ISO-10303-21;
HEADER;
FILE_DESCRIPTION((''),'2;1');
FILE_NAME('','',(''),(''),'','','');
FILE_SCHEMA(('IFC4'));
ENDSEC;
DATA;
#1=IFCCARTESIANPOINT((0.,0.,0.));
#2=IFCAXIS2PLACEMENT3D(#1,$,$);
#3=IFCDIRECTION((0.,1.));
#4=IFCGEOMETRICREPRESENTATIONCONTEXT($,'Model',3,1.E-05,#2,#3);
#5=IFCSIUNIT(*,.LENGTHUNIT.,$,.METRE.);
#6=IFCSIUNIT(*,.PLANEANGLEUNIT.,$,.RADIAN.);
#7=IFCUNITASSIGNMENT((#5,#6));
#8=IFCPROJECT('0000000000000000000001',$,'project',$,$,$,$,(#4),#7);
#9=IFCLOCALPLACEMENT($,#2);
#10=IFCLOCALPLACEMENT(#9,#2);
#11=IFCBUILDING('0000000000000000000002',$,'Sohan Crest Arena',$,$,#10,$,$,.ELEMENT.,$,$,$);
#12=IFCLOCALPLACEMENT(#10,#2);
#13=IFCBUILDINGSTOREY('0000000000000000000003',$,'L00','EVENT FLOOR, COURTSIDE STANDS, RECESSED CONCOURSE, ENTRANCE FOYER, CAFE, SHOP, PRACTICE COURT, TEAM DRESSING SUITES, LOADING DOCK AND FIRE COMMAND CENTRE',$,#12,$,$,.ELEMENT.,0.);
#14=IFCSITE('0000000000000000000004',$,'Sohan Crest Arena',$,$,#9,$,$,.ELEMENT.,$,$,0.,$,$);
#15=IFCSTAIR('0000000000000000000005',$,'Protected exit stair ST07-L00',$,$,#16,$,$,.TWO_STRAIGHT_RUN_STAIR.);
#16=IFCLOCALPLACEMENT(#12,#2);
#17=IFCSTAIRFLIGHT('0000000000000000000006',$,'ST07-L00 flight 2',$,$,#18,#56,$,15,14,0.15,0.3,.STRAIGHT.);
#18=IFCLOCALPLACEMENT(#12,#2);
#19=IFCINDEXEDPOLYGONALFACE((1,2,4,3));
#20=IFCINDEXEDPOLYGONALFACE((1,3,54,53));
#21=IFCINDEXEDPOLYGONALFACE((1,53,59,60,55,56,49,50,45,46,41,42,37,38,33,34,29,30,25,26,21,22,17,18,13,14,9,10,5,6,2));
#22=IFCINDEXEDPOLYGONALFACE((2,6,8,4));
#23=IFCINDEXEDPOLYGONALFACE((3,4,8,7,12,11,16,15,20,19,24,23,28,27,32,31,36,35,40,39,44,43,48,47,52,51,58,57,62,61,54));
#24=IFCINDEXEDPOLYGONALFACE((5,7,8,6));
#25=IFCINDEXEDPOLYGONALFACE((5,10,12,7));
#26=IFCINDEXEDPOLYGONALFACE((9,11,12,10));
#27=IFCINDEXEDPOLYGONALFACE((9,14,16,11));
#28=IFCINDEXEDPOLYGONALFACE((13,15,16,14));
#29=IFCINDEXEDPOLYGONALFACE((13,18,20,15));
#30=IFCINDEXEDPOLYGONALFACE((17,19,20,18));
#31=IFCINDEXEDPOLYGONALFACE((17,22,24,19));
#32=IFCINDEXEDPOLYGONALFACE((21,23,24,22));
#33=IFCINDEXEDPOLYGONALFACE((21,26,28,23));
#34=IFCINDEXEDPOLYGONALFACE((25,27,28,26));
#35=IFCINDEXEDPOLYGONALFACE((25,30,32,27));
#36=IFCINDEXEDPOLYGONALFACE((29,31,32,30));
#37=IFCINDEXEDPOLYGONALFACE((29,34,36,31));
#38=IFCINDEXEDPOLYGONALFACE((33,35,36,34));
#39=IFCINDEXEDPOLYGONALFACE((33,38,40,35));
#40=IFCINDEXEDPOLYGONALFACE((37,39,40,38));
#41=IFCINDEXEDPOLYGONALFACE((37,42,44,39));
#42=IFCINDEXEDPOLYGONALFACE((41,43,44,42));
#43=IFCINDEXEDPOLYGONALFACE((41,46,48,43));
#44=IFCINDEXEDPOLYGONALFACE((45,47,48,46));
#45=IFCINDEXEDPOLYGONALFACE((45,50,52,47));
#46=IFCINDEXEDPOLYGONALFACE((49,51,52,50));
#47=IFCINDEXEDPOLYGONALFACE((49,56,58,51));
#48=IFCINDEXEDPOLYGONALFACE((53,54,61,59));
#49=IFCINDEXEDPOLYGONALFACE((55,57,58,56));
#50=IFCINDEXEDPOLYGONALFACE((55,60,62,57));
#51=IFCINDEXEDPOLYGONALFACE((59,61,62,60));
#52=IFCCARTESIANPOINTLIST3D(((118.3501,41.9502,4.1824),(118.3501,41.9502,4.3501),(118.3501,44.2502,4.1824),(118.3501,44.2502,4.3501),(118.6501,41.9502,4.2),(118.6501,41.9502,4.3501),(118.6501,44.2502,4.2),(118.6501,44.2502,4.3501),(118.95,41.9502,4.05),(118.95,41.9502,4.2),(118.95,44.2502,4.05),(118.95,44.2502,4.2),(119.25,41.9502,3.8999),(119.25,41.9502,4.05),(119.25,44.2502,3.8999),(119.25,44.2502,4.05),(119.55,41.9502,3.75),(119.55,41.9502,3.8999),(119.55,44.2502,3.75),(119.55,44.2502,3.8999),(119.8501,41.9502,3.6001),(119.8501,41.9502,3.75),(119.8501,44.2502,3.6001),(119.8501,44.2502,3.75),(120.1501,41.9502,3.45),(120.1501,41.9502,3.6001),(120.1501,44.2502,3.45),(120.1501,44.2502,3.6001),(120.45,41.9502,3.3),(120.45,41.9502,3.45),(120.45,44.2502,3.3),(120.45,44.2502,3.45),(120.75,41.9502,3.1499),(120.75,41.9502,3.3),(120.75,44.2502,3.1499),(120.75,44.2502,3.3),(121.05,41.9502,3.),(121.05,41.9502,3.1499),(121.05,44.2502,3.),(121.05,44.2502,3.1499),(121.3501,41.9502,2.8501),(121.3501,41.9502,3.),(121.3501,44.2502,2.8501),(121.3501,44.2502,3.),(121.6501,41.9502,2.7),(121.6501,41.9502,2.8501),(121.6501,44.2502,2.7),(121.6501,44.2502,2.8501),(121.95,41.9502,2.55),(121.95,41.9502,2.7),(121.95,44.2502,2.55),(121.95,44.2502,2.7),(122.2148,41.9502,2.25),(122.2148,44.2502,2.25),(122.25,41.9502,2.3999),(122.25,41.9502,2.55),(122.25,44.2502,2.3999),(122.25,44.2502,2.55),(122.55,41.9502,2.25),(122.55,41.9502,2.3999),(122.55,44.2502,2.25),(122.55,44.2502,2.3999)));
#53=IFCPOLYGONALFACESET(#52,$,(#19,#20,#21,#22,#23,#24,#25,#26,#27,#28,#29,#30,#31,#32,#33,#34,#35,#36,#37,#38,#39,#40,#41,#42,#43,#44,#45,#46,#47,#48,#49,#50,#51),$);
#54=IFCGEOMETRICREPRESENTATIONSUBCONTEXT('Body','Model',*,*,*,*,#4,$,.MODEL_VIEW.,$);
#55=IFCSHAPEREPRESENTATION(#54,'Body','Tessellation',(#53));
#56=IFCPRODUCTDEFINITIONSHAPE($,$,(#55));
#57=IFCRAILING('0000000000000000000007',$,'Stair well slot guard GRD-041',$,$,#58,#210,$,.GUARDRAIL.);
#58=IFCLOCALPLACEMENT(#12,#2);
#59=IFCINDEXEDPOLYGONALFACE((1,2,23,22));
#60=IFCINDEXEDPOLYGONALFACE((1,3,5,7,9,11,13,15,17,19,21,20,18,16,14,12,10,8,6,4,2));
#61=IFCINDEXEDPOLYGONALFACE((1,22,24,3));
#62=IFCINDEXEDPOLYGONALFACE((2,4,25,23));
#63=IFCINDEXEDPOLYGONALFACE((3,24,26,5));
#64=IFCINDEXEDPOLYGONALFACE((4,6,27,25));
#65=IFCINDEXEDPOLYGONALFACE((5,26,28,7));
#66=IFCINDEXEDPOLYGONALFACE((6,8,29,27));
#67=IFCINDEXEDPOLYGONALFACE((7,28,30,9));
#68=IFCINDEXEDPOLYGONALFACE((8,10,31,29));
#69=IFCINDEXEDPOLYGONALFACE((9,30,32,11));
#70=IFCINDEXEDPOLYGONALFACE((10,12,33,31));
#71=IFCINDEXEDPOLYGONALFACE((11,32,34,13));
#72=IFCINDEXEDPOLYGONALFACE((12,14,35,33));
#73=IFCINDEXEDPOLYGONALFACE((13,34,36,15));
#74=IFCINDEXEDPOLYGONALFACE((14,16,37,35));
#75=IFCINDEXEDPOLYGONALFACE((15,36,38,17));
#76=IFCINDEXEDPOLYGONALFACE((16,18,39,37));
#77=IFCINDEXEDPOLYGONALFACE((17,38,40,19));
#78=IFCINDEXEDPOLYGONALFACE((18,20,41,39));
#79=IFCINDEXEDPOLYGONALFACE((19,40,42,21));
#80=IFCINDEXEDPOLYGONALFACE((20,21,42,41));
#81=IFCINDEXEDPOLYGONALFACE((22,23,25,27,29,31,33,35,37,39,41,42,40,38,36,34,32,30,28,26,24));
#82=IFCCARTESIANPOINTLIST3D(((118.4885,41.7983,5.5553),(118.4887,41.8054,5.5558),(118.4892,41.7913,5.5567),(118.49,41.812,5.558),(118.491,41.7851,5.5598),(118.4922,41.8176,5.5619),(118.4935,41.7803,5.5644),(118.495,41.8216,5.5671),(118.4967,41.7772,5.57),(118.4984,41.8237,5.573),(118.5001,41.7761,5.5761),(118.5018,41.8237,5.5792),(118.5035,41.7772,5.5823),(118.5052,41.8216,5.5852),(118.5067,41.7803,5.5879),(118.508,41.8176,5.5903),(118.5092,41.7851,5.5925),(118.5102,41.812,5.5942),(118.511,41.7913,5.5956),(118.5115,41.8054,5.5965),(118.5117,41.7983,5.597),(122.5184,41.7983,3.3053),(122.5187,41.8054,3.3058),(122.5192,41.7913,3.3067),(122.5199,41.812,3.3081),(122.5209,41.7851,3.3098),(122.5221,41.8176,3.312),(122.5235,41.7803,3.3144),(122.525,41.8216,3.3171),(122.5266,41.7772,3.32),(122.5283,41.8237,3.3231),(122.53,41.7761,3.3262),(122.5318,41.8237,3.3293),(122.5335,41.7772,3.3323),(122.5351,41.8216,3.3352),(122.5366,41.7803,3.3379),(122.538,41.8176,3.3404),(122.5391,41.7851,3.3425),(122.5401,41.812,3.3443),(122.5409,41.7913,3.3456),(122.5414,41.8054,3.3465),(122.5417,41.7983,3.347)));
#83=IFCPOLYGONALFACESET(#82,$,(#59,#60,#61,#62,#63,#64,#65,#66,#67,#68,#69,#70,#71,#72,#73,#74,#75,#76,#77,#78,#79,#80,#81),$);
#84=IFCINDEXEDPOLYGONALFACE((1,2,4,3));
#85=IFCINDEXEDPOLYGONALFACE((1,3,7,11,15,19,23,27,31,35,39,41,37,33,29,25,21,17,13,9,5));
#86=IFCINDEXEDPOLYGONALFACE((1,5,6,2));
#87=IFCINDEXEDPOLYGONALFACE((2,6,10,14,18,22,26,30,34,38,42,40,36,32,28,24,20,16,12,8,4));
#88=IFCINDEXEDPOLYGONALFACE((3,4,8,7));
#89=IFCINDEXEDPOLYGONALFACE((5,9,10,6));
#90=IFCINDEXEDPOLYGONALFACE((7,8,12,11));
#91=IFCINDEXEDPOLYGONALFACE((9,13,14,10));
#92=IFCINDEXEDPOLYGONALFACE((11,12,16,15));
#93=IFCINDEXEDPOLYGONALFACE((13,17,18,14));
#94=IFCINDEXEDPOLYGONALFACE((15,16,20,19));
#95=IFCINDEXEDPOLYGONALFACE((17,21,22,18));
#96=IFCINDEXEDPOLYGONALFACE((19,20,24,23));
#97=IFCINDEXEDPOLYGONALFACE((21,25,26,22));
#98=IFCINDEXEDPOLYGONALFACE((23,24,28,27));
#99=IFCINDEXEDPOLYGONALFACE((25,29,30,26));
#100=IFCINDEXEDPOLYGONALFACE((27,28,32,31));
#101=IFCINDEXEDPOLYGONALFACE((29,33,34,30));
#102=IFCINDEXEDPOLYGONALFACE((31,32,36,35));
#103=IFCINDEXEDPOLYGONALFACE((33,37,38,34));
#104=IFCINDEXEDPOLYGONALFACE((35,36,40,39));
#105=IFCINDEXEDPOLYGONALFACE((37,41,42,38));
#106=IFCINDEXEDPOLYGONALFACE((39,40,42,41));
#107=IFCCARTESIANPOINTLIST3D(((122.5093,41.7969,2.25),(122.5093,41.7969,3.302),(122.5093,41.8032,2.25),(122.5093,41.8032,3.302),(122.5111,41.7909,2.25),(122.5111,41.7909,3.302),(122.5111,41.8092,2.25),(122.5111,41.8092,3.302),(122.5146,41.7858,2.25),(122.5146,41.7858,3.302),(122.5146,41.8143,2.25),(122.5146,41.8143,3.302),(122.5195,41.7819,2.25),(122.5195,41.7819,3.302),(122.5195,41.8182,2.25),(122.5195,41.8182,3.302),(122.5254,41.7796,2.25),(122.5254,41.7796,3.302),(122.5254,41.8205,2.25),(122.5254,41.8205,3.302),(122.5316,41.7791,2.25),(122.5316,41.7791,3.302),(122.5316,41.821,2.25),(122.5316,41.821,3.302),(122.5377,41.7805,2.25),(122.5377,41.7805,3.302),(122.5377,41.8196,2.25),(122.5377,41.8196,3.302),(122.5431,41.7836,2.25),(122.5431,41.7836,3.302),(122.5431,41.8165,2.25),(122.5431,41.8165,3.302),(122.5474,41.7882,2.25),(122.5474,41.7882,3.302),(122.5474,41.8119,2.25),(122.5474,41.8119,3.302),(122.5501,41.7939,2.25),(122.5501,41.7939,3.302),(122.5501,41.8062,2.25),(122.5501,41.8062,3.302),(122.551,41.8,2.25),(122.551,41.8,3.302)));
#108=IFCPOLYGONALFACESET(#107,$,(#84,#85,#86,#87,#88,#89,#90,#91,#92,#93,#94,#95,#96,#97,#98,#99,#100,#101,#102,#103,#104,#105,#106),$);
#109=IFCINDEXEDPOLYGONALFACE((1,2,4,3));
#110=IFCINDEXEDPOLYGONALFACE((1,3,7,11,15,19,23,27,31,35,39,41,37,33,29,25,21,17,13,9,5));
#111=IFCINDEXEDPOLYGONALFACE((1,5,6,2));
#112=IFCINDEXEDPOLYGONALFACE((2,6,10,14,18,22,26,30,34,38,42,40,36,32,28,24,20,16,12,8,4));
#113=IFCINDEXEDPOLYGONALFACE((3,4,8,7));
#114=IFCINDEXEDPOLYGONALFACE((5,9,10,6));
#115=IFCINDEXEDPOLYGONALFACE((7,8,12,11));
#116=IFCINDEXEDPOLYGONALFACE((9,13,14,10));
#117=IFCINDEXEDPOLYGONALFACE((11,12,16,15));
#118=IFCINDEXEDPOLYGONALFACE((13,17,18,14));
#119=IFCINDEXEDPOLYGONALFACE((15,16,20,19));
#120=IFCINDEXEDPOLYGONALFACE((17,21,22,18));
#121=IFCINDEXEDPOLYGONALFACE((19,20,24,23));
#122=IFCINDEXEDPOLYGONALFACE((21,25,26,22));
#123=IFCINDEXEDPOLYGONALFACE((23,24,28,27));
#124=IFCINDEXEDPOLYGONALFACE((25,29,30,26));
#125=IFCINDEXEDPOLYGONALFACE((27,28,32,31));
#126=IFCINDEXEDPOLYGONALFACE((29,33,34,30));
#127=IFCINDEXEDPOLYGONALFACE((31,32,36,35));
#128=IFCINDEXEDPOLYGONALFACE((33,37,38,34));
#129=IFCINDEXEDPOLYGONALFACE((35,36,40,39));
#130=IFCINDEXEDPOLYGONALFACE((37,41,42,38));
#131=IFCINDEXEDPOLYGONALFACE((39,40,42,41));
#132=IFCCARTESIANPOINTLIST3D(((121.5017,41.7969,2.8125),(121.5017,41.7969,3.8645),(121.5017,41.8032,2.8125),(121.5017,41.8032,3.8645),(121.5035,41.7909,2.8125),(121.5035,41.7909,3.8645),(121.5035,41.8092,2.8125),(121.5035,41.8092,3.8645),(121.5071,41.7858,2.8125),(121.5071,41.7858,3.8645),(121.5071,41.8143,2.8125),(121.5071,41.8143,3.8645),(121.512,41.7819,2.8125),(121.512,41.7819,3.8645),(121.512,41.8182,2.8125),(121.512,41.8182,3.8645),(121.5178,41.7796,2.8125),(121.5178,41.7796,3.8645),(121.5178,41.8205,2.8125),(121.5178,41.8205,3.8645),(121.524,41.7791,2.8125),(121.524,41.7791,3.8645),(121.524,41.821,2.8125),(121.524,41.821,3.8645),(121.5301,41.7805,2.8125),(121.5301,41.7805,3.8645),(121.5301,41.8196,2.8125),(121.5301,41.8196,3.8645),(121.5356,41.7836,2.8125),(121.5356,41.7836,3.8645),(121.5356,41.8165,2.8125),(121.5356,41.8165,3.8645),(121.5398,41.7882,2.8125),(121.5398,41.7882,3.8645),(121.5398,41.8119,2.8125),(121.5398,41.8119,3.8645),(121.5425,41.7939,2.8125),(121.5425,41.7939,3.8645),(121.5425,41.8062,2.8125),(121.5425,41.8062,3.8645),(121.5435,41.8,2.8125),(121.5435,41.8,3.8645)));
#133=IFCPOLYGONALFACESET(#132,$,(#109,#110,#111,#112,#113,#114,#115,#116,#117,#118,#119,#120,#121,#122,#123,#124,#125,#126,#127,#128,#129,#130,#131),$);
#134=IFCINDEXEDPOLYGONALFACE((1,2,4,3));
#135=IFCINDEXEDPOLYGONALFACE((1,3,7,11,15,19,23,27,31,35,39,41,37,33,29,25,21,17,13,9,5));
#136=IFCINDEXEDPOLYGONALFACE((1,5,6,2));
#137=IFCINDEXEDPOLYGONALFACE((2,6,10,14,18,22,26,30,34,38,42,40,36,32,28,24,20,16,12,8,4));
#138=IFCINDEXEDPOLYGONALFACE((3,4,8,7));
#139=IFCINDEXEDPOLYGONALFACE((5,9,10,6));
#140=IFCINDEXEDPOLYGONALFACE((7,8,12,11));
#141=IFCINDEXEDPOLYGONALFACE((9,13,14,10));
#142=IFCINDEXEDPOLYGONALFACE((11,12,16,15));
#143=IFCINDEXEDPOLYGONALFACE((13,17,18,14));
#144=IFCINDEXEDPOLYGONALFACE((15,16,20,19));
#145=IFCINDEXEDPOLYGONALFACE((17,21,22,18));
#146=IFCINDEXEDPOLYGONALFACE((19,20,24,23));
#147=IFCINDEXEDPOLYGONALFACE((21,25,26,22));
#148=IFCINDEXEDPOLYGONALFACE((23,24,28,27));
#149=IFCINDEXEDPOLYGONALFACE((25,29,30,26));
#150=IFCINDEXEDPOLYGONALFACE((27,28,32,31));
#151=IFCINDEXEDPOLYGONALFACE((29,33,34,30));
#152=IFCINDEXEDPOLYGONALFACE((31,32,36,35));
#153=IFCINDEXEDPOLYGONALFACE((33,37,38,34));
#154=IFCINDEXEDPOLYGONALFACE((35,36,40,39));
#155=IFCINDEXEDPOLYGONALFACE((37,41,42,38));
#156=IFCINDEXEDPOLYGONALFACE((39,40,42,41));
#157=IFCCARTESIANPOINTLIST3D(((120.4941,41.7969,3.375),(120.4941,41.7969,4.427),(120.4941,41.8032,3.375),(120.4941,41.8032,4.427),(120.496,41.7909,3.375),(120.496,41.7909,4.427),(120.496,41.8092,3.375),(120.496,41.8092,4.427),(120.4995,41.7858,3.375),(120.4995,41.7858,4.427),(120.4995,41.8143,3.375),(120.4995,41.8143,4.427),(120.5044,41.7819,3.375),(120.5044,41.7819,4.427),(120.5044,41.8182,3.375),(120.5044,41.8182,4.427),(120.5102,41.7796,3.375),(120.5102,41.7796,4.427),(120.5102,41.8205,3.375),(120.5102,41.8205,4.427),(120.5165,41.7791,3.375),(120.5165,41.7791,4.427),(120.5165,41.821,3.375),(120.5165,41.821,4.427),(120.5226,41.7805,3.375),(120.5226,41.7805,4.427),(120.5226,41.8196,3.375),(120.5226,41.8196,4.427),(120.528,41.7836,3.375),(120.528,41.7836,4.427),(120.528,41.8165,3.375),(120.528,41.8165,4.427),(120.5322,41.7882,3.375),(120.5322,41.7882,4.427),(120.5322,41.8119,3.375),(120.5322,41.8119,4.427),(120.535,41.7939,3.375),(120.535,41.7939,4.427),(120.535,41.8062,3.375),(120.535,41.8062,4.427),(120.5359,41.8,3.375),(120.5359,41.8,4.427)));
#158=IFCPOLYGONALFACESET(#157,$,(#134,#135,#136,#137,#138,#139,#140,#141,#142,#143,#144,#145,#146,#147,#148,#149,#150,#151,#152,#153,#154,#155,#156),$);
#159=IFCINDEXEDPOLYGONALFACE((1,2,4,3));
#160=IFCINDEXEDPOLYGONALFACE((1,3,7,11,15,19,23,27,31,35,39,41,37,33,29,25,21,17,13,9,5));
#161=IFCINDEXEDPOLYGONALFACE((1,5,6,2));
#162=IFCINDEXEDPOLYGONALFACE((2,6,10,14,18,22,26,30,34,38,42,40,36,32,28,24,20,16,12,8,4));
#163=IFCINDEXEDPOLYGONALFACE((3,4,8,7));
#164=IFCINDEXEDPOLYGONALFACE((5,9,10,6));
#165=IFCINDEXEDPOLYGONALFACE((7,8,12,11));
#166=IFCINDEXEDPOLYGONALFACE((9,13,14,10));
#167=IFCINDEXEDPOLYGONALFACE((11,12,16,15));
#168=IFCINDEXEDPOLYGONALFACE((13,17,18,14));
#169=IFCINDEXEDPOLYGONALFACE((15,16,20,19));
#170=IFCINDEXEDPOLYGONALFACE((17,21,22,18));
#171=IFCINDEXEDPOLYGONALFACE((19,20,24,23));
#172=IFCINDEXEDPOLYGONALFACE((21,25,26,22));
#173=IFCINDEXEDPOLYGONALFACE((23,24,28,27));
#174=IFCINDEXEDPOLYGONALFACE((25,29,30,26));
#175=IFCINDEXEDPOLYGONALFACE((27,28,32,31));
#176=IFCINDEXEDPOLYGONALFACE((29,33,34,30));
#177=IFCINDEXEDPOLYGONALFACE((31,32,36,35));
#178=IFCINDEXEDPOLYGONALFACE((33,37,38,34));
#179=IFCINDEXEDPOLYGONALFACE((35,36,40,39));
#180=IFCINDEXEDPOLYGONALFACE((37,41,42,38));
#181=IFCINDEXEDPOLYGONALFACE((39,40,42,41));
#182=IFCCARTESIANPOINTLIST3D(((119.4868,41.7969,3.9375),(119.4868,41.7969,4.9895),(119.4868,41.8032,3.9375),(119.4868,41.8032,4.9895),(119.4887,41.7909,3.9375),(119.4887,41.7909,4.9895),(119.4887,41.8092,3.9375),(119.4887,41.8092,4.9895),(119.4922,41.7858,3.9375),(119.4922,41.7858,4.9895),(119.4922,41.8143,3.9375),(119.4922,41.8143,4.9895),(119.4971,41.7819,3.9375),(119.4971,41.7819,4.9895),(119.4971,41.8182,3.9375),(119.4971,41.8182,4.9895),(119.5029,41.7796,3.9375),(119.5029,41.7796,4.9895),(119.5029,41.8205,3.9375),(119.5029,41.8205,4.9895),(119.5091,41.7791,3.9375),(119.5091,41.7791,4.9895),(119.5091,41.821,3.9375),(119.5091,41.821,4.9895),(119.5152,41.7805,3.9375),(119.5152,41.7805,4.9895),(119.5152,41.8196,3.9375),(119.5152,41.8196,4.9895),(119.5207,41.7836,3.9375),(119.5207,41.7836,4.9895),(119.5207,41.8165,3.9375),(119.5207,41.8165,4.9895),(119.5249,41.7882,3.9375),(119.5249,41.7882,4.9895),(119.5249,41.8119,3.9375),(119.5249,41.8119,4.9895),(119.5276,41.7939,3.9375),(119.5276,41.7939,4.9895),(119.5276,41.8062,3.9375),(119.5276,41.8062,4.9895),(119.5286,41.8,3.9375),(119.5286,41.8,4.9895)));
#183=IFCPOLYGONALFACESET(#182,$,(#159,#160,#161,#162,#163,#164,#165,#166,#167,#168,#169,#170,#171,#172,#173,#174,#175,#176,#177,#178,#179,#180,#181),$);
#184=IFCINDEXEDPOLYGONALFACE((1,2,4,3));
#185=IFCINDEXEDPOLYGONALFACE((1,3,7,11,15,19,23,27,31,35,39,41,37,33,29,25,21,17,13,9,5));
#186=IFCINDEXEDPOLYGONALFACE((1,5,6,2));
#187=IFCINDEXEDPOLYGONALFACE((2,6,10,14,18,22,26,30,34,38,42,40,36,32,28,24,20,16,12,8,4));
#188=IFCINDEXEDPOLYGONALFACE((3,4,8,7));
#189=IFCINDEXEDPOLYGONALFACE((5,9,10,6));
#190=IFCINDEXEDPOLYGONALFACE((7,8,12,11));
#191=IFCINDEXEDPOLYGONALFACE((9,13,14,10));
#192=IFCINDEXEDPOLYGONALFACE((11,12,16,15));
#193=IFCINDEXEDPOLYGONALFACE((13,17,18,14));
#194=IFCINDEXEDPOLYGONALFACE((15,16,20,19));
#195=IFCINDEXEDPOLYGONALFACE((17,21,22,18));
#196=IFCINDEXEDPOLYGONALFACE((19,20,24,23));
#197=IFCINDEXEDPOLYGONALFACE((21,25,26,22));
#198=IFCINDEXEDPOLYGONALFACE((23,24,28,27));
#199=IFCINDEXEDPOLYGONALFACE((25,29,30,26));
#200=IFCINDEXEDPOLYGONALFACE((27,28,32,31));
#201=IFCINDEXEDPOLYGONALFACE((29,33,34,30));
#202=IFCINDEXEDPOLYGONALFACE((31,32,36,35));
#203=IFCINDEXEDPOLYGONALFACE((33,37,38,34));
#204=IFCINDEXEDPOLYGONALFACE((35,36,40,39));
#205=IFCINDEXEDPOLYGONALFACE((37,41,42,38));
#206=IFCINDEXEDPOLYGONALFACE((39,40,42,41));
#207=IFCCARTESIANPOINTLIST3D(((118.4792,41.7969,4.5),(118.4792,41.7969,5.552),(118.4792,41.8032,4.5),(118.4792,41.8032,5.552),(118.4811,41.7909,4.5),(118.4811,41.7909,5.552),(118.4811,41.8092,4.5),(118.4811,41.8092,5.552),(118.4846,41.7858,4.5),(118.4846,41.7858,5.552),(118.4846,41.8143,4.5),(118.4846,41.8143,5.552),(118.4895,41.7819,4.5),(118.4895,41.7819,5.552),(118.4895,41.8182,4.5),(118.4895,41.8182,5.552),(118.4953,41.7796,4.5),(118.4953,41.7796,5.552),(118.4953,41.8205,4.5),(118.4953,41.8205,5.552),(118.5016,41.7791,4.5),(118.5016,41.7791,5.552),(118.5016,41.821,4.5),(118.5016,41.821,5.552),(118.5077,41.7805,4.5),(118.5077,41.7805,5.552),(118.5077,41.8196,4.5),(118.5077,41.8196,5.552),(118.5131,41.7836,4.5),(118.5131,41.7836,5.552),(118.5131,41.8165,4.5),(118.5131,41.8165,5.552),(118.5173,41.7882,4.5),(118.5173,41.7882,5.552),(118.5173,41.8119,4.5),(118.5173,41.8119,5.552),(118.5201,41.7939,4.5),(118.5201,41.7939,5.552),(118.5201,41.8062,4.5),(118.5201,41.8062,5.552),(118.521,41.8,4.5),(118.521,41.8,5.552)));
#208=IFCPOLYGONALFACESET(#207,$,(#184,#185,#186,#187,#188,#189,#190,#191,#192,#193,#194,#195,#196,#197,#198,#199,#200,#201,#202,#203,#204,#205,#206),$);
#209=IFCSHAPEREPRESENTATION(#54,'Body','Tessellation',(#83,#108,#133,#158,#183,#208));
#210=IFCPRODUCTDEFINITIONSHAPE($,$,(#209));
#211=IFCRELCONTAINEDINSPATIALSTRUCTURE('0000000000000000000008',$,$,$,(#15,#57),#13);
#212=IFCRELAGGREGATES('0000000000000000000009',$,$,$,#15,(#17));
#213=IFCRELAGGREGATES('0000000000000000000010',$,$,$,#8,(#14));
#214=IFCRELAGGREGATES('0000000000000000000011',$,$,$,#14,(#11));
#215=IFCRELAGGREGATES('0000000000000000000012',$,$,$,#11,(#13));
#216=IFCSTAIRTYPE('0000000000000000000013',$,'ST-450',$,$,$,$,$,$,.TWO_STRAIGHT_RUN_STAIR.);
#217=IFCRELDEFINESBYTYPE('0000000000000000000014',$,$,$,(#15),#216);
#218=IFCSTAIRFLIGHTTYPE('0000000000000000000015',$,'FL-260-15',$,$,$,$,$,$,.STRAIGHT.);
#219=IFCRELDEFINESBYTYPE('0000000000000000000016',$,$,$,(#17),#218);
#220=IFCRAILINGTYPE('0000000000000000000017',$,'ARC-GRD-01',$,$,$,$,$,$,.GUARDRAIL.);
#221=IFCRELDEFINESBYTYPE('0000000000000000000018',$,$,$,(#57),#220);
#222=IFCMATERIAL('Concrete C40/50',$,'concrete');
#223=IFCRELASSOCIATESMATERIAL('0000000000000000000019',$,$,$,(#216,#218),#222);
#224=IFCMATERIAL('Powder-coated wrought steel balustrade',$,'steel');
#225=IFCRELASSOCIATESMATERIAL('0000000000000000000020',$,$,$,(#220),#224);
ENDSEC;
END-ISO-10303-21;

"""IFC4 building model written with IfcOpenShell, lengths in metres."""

from ifc_helpers import new_model, si_unit, direction, frame, origin, origin_2d, place, context, subcontext, project, spatial, polyline, circle, outline, extrude, material, type_object, element, aggregate, save


model = new_model("IFC4")

# Units and contexts
model_context = context("Model", 3, precision=1e-05, world=origin(), true_north=direction((0.0, 1.0)))
body_context = subcontext(model_context, "Body", "Model", "MODEL_VIEW")
ifc_project = project(units=[si_unit("LENGTHUNIT", "METRE"), si_unit("PLANEANGLEUNIT", "RADIAN")], contexts=[model_context])

# Site, building, storey
site_placement = place(None, origin())
site = spatial("IfcSite", under=ifc_project, at=site_placement, Name="Sohan Crest Arena", CompositionType="ELEMENT", RefElevation=0.0)
building_placement = place(site_placement, origin())
building = spatial("IfcBuilding", under=site, at=building_placement, Name="Sohan Crest Arena", CompositionType="ELEMENT")
storey_placement = place(building_placement, origin())
storey = spatial("IfcBuildingStorey", under=building, at=storey_placement, Name="L00", Description="EVENT FLOOR, COURTSIDE STANDS, RECESSED CONCOURSE, ENTRANCE FOYER, CAFE, SHOP, PRACTICE COURT, TEAM DRESSING SUITES, LOADING DOCK AND FIRE COMMAND CENTRE", CompositionType="ELEMENT", Elevation=0.0)

# Shared definitions
ifc_material_1 = material(Name="Concrete C40/50", Category="concrete")

# Stair, stair flight
stair_type_1 = type_object("IfcStairType", Name="ST-450", PredefinedType="TWO_STRAIGHT_RUN_STAIR", material=ifc_material_1)
stair_1_placement = place(storey_placement, origin())
stair_1 = element("IfcStair", 1, at=stair_1_placement, inside=storey, type_object=stair_type_1, Name="Protected exit stair ST07-L00", PredefinedType="TWO_STRAIGHT_RUN_STAIR")
stair_flight_type_1 = type_object("IfcStairFlightType", Name="FL-260-15", PredefinedType="STRAIGHT", material=ifc_material_1)
stair_flight_1_placement = place(storey_placement, frame((122.55, 43.1001, 2.25), z_axis=(0.0, 0.0, 1.0), x_axis=(-1.0, 0.0, 0.0)))
stair_flight_1 = element("IfcStairFlight", 2, at=stair_flight_1_placement, type_object=stair_flight_type_1, Name="ST07-L00 flight 2", NumberOfRisers=15, NumberOfTreads=14, PredefinedType="STRAIGHT", RiserHeight=0.15, TreadLength=0.3, context=body_context, shape_type="SweptSolid", body=[
    extrude(outline(polyline([(0.0, 0.0), (0.0, 0.1499), (0.3, 0.1499), (0.3, 0.3), (0.6001, 0.3), (0.6001, 0.45), (0.8999, 0.45), (0.8999, 0.6001), (1.2, 0.6001), (1.2, 0.75), (1.5, 0.75), (1.5, 0.8999), (1.8, 0.8999), (1.8, 1.05), (2.1001, 1.05), (2.1001, 1.2), (2.3999, 1.2), (2.3999, 1.3501), (2.7, 1.3501), (2.7, 1.5), (3.0, 1.5), (3.0, 1.6499), (3.3, 1.6499), (3.3, 1.8), (3.6001, 1.8), (3.6001, 1.95), (3.8999, 1.95), (3.8999, 2.1001), (4.2, 2.1001), (4.2, 2.25), (4.2, 1.9324), (0.3352, 0.0), (0.0, 0.0)])), frame((0.0, 1.1499, 0.0), z_axis=(0.0, -1.0, 0.0), x_axis=(1.0, 0.0, 0.0)), (0.0, 0.0, 1.0), 2.3),
])
aggregate(stair_1, [stair_flight_1])

# Railing
ifc_material_2 = material(Name="Powder-coated wrought steel balustrade", Category="steel")
railing_type_1 = type_object("IfcRailingType", Name="ARC-GRD-01", PredefinedType="GUARDRAIL", material=ifc_material_2)
railing_1_placement = place(storey_placement, frame((122.53, 41.8, 2.25)))
element("IfcRailing", 3, at=railing_1_placement, inside=storey, type_object=railing_type_1, Name="Stair well slot guard GRD-041", PredefinedType="GUARDRAIL", context=body_context, shape_type="SweptSolid", body=[
    extrude(circle(Radius=0.0239, at=origin_2d()), frame((0.0, 0.0, 1.0762), z_axis=(-0.873135, 0.0, 0.487479), x_axis=(0.0, -1.0, 0.0)), (0.0, 0.0, 1.0), 4.6155),
    extrude(circle(Radius=0.021, at=origin_2d()), origin(), (0.0, 0.0, 1.0), 1.052),
    extrude(circle(Radius=0.021, at=origin_2d()), frame((-1.0076, 0.0, 0.5625)), (0.0, 0.0, 1.0), 1.052),
    extrude(circle(Radius=0.021, at=origin_2d()), frame((-2.0151, 0.0, 1.125)), (0.0, 0.0, 1.0), 1.052),
    extrude(circle(Radius=0.021, at=origin_2d()), frame((-3.0225, 0.0, 1.6875)), (0.0, 0.0, 1.0), 1.052),
    extrude(circle(Radius=0.021, at=origin_2d()), frame((-4.03, 0.0, 2.25)), (0.0, 0.0, 1.0), 1.052),
])

save(model, "model.ifc")
